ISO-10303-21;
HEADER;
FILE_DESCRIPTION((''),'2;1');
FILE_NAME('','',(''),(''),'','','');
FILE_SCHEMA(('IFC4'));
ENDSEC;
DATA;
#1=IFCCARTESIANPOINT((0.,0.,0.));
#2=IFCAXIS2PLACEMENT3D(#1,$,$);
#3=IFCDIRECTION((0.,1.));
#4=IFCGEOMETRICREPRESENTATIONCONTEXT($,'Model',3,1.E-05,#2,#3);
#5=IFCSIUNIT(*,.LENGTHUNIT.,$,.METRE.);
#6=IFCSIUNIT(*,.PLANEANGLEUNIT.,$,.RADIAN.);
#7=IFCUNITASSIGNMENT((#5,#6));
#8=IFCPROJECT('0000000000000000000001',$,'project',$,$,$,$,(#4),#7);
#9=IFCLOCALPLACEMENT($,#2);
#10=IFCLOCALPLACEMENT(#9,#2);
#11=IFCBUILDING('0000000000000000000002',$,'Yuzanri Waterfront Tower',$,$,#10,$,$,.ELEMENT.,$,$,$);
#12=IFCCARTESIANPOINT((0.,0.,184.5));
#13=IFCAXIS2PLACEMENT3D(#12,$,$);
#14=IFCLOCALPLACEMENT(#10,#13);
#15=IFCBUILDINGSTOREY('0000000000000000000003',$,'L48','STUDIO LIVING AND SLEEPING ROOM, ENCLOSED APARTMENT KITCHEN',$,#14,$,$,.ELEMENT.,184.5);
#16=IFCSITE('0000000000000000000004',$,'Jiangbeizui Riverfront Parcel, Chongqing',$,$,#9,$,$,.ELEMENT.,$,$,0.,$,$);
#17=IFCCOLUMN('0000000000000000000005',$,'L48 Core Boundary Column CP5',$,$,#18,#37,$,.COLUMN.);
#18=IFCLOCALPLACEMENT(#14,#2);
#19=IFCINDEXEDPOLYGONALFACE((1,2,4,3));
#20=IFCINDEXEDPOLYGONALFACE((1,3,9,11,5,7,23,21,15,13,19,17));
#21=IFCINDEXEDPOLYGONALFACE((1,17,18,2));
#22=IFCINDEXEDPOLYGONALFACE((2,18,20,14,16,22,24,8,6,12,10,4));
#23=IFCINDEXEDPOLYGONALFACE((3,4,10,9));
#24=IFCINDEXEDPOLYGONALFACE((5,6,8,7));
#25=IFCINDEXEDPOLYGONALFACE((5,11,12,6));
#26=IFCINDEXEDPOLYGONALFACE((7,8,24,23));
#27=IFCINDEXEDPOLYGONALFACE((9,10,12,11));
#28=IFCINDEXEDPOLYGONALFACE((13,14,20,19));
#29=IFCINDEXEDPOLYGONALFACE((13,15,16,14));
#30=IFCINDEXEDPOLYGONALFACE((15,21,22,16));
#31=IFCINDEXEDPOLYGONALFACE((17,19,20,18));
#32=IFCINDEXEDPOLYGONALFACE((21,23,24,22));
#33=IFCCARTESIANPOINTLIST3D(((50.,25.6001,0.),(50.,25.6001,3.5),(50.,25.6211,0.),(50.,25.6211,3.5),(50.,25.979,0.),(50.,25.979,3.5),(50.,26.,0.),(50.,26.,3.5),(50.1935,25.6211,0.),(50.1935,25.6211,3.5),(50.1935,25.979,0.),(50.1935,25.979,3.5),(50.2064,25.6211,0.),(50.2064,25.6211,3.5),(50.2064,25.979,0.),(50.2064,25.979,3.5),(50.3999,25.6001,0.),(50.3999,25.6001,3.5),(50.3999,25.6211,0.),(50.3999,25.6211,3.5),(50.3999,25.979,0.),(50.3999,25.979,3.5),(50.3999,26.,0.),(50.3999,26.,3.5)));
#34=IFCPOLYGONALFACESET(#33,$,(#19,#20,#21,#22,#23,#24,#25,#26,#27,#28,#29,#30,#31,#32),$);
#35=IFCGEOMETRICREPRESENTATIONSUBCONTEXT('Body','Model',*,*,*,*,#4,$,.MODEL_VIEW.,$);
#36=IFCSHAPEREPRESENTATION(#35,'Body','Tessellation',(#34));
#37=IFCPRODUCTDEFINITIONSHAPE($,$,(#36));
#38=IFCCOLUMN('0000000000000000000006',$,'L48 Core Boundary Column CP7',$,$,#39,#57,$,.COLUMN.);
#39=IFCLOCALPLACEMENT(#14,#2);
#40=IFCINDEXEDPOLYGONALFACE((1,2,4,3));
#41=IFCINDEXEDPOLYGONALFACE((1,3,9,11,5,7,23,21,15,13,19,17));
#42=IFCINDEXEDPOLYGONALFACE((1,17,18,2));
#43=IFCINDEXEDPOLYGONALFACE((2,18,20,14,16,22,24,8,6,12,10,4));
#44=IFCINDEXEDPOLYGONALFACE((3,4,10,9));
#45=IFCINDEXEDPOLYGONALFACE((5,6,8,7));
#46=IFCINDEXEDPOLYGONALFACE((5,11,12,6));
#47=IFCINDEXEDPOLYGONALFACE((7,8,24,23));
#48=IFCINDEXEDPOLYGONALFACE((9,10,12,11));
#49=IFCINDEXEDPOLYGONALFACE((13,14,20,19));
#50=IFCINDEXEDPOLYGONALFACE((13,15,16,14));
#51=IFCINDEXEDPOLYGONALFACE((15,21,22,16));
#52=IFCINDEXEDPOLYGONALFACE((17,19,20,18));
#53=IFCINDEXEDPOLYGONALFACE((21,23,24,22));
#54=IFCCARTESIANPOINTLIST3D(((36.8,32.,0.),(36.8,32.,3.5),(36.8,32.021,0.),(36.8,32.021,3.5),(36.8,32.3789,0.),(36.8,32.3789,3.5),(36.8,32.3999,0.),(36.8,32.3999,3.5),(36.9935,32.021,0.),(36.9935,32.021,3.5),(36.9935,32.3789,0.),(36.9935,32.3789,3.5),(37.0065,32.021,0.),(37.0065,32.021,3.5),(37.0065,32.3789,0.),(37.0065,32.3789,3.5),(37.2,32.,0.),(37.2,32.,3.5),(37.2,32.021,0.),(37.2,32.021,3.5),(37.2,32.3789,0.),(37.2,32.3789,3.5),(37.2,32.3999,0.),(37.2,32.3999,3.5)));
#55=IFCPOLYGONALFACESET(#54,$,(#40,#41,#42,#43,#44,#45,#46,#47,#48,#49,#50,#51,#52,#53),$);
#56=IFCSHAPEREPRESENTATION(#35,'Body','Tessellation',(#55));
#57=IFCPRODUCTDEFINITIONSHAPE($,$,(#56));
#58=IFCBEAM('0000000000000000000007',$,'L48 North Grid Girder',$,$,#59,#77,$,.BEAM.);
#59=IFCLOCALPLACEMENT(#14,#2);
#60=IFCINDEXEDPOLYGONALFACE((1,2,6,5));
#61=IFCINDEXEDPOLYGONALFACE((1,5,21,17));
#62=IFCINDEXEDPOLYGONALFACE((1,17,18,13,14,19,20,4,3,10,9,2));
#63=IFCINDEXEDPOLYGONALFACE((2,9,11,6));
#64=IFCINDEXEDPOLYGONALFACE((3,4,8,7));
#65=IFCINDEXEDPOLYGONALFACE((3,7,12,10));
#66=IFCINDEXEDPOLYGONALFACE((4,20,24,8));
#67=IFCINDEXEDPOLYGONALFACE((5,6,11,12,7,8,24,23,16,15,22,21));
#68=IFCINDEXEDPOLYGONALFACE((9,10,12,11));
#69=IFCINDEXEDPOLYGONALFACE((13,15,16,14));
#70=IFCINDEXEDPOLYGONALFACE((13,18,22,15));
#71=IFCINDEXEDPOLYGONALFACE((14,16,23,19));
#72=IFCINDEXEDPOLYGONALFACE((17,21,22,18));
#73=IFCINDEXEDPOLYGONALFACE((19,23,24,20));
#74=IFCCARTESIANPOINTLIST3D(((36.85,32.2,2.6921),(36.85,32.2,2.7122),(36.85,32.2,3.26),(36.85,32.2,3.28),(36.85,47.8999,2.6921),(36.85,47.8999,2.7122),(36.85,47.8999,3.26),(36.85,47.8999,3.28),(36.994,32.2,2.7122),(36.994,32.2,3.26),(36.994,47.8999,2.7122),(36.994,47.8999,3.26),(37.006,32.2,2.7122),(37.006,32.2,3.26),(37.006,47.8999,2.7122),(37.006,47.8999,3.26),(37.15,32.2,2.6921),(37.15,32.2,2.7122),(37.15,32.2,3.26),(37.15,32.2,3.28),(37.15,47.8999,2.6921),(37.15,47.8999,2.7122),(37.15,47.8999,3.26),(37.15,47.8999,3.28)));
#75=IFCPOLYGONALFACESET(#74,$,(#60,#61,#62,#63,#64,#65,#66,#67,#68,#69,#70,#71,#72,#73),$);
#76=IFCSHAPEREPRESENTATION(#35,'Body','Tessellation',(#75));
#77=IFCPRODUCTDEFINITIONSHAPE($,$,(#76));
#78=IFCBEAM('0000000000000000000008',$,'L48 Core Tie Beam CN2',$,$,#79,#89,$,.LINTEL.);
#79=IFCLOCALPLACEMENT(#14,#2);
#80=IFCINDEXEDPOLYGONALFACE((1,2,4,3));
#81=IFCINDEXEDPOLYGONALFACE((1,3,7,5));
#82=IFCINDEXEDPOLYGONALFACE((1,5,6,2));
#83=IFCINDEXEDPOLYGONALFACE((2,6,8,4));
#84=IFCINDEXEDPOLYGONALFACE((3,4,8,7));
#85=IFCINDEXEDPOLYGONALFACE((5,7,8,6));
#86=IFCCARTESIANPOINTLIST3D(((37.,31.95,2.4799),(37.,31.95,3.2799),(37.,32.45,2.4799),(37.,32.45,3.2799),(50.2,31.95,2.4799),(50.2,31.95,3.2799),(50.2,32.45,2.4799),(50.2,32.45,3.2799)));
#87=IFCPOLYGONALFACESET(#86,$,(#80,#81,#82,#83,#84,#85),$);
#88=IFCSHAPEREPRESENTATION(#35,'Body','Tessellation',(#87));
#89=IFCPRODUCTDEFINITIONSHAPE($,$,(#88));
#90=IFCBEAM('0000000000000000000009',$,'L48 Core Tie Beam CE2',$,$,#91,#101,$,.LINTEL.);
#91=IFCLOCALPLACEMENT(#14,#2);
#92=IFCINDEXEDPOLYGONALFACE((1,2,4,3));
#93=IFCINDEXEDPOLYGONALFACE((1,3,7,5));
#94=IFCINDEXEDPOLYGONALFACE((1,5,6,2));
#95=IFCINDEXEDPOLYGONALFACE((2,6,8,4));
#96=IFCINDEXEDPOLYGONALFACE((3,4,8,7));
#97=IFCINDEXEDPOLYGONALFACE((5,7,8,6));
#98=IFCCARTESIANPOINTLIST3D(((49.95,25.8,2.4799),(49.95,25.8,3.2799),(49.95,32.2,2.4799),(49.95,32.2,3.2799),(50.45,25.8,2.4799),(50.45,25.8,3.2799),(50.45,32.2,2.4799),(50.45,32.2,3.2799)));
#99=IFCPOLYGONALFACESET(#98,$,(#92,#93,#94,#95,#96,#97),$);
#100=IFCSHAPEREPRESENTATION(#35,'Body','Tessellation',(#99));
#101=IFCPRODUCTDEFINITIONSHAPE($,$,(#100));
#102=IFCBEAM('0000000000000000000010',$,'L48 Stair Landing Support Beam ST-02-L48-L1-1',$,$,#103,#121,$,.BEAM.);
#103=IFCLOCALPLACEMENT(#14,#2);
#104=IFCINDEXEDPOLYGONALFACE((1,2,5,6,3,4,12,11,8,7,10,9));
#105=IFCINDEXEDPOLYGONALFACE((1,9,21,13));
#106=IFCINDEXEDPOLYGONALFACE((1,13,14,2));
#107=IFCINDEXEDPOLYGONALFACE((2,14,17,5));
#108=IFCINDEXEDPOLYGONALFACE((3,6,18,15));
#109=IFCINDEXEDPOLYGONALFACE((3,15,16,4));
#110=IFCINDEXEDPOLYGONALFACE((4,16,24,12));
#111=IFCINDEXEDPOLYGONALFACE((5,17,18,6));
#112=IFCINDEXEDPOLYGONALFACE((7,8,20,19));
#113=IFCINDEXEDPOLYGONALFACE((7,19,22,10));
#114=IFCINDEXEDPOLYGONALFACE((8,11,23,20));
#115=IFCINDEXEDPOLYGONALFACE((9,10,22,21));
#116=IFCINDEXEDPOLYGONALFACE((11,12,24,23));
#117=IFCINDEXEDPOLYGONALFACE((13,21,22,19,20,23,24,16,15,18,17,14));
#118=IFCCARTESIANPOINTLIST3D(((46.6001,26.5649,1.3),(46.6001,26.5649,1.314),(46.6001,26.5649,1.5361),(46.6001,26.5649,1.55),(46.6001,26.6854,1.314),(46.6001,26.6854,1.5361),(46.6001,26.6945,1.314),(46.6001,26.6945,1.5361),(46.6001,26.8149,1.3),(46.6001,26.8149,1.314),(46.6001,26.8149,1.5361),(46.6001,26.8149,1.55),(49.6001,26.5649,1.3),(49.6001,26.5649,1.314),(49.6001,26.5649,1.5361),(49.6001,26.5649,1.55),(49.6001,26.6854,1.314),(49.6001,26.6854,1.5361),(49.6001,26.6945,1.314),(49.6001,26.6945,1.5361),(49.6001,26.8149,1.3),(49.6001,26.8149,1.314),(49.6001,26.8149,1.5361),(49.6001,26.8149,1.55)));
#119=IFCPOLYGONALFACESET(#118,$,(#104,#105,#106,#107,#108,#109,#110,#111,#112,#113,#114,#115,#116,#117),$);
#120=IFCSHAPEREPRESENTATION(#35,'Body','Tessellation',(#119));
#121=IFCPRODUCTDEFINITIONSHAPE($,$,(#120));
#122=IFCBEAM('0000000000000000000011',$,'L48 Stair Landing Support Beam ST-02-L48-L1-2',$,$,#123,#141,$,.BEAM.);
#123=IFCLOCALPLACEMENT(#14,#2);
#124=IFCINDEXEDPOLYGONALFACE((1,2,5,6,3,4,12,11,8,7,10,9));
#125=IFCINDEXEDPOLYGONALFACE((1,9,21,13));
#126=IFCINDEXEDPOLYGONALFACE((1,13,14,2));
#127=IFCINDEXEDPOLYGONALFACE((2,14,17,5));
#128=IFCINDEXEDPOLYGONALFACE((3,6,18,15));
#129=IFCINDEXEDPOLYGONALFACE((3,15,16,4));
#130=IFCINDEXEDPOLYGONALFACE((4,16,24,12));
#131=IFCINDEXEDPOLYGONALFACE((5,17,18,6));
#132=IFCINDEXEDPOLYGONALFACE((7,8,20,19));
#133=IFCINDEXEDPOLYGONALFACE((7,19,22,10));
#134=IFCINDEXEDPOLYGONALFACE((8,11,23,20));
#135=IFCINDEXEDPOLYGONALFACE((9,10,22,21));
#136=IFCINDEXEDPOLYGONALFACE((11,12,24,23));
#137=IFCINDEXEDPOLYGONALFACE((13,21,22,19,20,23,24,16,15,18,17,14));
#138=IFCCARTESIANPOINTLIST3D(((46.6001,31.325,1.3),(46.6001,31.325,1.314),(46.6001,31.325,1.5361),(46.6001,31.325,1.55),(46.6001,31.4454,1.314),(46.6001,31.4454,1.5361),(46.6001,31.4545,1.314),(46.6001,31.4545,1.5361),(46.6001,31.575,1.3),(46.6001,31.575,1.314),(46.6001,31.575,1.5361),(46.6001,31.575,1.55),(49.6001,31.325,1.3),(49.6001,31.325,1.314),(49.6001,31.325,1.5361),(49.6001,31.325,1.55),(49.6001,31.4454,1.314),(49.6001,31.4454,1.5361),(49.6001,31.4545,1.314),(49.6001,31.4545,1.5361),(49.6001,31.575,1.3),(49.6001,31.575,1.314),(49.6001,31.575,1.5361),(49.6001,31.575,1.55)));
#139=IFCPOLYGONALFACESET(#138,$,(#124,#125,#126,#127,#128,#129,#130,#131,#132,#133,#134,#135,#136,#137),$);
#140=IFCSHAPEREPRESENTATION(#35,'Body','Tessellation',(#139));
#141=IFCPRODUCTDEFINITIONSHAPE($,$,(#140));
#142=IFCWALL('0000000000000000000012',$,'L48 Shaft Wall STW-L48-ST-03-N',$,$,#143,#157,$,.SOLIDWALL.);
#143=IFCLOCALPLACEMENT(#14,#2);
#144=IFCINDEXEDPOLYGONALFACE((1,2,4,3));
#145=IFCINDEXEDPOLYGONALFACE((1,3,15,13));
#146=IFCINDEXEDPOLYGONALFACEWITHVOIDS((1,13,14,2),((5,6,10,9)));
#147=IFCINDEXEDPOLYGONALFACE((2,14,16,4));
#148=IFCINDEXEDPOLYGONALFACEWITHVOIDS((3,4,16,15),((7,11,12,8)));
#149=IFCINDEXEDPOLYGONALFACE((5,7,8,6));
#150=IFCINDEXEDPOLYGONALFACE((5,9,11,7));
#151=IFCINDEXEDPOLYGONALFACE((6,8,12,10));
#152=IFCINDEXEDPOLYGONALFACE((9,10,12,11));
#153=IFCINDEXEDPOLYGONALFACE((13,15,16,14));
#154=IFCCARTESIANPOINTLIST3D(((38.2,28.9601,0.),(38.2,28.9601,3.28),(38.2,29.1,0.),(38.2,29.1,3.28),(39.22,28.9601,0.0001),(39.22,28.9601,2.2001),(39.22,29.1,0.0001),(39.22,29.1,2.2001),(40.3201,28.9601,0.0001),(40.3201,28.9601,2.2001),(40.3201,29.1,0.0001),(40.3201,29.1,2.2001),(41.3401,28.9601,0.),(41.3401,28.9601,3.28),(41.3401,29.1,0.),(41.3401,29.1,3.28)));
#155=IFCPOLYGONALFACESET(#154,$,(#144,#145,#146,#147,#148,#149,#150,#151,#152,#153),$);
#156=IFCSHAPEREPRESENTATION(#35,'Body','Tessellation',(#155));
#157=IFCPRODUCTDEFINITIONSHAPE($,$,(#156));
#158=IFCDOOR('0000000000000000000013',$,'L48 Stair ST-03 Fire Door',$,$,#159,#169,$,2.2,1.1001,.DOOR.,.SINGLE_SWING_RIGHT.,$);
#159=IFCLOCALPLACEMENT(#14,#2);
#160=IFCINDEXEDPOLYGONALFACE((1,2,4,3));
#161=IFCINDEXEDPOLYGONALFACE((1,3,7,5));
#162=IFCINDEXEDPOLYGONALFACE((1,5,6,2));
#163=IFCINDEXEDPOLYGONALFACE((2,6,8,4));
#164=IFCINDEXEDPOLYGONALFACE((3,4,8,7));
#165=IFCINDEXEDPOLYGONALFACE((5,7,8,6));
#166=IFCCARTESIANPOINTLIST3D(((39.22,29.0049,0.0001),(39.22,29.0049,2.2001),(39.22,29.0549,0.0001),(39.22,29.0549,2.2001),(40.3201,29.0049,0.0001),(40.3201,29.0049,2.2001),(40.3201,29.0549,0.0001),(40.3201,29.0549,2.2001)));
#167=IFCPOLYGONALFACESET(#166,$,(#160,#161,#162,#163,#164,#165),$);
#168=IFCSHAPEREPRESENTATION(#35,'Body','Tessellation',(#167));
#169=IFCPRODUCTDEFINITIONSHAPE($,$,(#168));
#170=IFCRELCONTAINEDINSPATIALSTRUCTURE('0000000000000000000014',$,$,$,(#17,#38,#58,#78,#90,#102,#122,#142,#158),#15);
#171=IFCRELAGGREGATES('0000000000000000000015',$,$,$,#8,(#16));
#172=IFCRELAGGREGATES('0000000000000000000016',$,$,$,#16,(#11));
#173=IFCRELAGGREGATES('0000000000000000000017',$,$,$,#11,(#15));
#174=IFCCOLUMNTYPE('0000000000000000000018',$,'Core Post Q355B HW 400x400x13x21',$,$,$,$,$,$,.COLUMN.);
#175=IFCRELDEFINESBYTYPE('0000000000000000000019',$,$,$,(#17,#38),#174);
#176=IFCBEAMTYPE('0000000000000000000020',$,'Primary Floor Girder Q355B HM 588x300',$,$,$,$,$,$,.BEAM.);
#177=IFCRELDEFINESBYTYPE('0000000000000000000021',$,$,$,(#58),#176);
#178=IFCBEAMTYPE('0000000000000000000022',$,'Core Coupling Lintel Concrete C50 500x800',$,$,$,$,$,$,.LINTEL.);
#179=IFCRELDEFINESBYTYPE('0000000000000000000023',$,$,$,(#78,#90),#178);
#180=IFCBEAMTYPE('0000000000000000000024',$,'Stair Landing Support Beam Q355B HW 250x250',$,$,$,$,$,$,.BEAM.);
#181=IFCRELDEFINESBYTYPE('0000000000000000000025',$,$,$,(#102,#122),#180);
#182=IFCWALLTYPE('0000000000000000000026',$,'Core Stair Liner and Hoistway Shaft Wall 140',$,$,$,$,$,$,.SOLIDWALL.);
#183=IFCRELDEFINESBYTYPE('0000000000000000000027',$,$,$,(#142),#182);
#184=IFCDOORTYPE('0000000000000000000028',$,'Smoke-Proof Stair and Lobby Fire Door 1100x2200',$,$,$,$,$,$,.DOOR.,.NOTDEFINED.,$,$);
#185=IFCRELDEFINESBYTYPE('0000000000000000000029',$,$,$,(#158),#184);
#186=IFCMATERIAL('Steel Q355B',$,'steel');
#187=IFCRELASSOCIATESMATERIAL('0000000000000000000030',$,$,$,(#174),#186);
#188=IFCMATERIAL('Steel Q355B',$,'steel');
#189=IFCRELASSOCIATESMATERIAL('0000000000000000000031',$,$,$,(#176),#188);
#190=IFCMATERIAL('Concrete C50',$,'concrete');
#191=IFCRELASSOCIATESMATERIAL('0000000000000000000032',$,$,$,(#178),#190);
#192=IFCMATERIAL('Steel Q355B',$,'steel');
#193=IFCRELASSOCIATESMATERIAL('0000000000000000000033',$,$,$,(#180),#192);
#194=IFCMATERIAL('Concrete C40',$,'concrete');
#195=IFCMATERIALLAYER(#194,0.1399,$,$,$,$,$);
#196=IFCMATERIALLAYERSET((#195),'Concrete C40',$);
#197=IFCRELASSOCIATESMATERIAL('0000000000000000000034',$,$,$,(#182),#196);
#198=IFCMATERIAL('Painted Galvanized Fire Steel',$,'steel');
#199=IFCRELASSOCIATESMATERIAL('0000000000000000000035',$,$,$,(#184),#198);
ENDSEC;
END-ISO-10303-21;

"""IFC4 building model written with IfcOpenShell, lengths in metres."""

from ifc_helpers import new_model, si_unit, direction, frame, frame_2d, origin, origin_2d, place, context, subcontext, project, spatial, rectangle, i_section, extrude, source, transform, mapped, material, layer, layer_set, material_profile, profile_set, type_object, element, fill, save


model = new_model("IFC4")

# Units and contexts
model_context = context("Model", 3, precision=1e-05, world=origin(), true_north=direction((0.0, 1.0)))
body_context = subcontext(model_context, "Body", "Model", "MODEL_VIEW")
ifc_project = project(units=[si_unit("LENGTHUNIT", "METRE"), si_unit("PLANEANGLEUNIT", "RADIAN")], contexts=[model_context])

# Site, building, storey
site_placement = place(None, origin())
site = spatial("IfcSite", under=ifc_project, at=site_placement, Name="Jiangbeizui Riverfront Parcel, Chongqing", CompositionType="ELEMENT", RefElevation=0.0)
building_placement = place(site_placement, origin())
building = spatial("IfcBuilding", under=site, at=building_placement, Name="Yuzanri Waterfront Tower", CompositionType="ELEMENT")
storey_placement = place(building_placement, frame((0.0, 0.0, 184.5)))
storey = spatial("IfcBuildingStorey", under=building, at=storey_placement, Name="L48", Description="STUDIO LIVING AND SLEEPING ROOM, ENCLOSED APARTMENT KITCHEN", CompositionType="ELEMENT", Elevation=184.5)

# Columns
ifc_material_1 = material(Name="Steel Q355B", Category="steel")
ifc_material_profile_1 = material_profile(ifc_material_1, i_section(OverallWidth=0.3999, OverallDepth=0.3999, WebThickness=0.0129, FlangeThickness=0.021, at=origin_2d()), Name="HW 400x400x13x21")
ifc_profile_set_1 = profile_set([ifc_material_profile_1], Name="Steel Q355B")
column_type = type_object("IfcColumnType", Name="Core Post Q355B HW 400x400x13x21", PredefinedType="COLUMN", material=ifc_profile_set_1)
shared_shape_1 = source(origin(), body_context, "Body", "SweptSolid", [
    extrude(i_section(OverallWidth=0.3999, OverallDepth=0.3999, WebThickness=0.0129, FlangeThickness=0.021, at=origin_2d()), origin(), (0.0, 0.0, 1.0), 3.5),
])
for number, where, z_axis, x_axis, name in (
    (1, (50.2, 25.8, 0.0), (0.0, 0.0, 1.0), (1.0, 0.0, 0.0), "L48 Core Boundary Column CP5"),
    (2, (37.0, 32.2, 0.0), (0.0, 0.0, 1.0), (1.0, 0.0, 0.0), "L48 Core Boundary Column CP7"),
):
    element("IfcColumn", number, at=place(storey_placement, frame(where, z_axis=z_axis, x_axis=x_axis)), inside=storey, type_object=column_type, Name=name, PredefinedType="COLUMN", context=body_context, shape_type="MappedRepresentation", body=[
        mapped(shared_shape_1, transform((0.0, 0.0, 0.0), scale=1.0)),
    ])

# Beams
ifc_material_2 = material(Name="Steel Q355B", Category="steel")
ifc_material_profile_2 = material_profile(ifc_material_2, i_section(OverallWidth=0.3, OverallDepth=0.5879, WebThickness=0.012, FlangeThickness=0.02, at=origin_2d()), Name="HM 588x300x12x20")
ifc_profile_set_2 = profile_set([ifc_material_profile_2], Name="Steel Q355B")
beam_type_1 = type_object("IfcBeamType", Name="Primary Floor Girder Q355B HM 588x300", PredefinedType="BEAM", material=ifc_profile_set_2)
shared_shape_2 = source(origin(), body_context, "Body", "SweptSolid", [
    extrude(i_section(OverallWidth=0.3, OverallDepth=0.5879, WebThickness=0.012, FlangeThickness=0.02, at=origin_2d()), origin(), (0.0, 0.0, 1.0), 15.7),
])
beam_1_placement = place(storey_placement, frame((37.0, 32.2, 2.9861), z_axis=(0.0, 1.0, 0.0), x_axis=(-1.0, 0.0, 0.0)))
element("IfcBeam", 3, at=beam_1_placement, inside=storey, type_object=beam_type_1, Name="L48 North Grid Girder", PredefinedType="BEAM", context=body_context, shape_type="MappedRepresentation", body=[
    mapped(shared_shape_2, transform((0.0, 0.0, 0.0), scale=1.0)),
])
ifc_material_3 = material(Name="Concrete C50", Category="concrete")
ifc_material_profile_3 = material_profile(ifc_material_3, rectangle(XDim=0.5, YDim=0.8, at=origin_2d()), Name="RC 500x800")
ifc_profile_set_3 = profile_set([ifc_material_profile_3], Name="Concrete C50")
beam_type_2 = type_object("IfcBeamType", Name="Core Coupling Lintel Concrete C50 500x800", PredefinedType="LINTEL", material=ifc_profile_set_3)
shared_shape_3 = source(origin(), body_context, "Body", "SweptSolid", [
    extrude(rectangle(XDim=0.5, YDim=0.8, at=origin_2d()), origin(), (0.0, 0.0, 1.0), 13.2),
])
beam_2_placement = place(storey_placement, frame((37.0, 32.2, 2.8799), z_axis=(1.0, 0.0, 0.0), x_axis=(0.0, 1.0, 0.0)))
element("IfcBeam", 4, at=beam_2_placement, inside=storey, type_object=beam_type_2, Name="L48 Core Tie Beam CN2", PredefinedType="LINTEL", context=body_context, shape_type="MappedRepresentation", body=[
    mapped(shared_shape_3, transform((0.0, 0.0, 0.0), scale=1.0)),
])
shared_shape_4 = source(origin(), body_context, "Body", "SweptSolid", [
    extrude(rectangle(XDim=0.5, YDim=0.8, at=origin_2d()), origin(), (0.0, 0.0, 1.0), 6.3999),
])
beam_3_placement = place(storey_placement, frame((50.2, 25.8, 2.8799), z_axis=(0.0, 1.0, 0.0), x_axis=(-1.0, 0.0, 0.0)))
element("IfcBeam", 5, at=beam_3_placement, inside=storey, type_object=beam_type_2, Name="L48 Core Tie Beam CE2", PredefinedType="LINTEL", context=body_context, shape_type="MappedRepresentation", body=[
    mapped(shared_shape_4, transform((0.0, 0.0, 0.0), scale=1.0)),
])
ifc_material_4 = material(Name="Steel Q355B", Category="steel")
ifc_material_profile_4 = material_profile(ifc_material_4, i_section(OverallWidth=0.25, OverallDepth=0.25, WebThickness=0.009, FlangeThickness=0.0139, at=origin_2d()), Name="HW 250x250x9x14")
ifc_profile_set_4 = profile_set([ifc_material_profile_4], Name="Steel Q355B")
beam_type_3 = type_object("IfcBeamType", Name="Stair Landing Support Beam Q355B HW 250x250", PredefinedType="BEAM", material=ifc_profile_set_4)
shared_shape_5 = source(origin(), body_context, "Body", "SweptSolid", [
    extrude(i_section(OverallWidth=0.25, OverallDepth=0.25, WebThickness=0.009, FlangeThickness=0.0139, at=origin_2d()), origin(), (0.0, 0.0, 1.0), 3.0),
])
for number, where, z_axis, x_axis, name in (
    (6, (46.6001, 26.6899, 1.425), (1.0, 0.0, 0.0), (0.0, 1.0, 0.0), "L48 Stair Landing Support Beam ST-02-L48-L1-1"),
    (7, (46.6001, 31.45, 1.425), (1.0, 0.0, 0.0), (0.0, 1.0, 0.0), "L48 Stair Landing Support Beam ST-02-L48-L1-2"),
):
    element("IfcBeam", number, at=place(storey_placement, frame(where, z_axis=z_axis, x_axis=x_axis)), inside=storey, type_object=beam_type_3, Name=name, PredefinedType="BEAM", context=body_context, shape_type="MappedRepresentation", body=[
        mapped(shared_shape_5, transform((0.0, 0.0, 0.0), scale=1.0)),
    ])

# Wall, opening, door
ifc_material_5 = material(Name="Concrete C40", Category="concrete")
ifc_layer_1 = layer(ifc_material_5, 0.1399)
ifc_layer_set_1 = layer_set([ifc_layer_1], Name="Concrete C40")
wall_type_1 = type_object("IfcWallType", Name="Core Stair Liner and Hoistway Shaft Wall 140", PredefinedType="SOLIDWALL", material=ifc_layer_set_1)
wall_1_placement = place(storey_placement, frame((38.2, 29.03, 0.0), z_axis=(0.0, 0.0, 1.0), x_axis=(1.0, 0.0, 0.0)))
wall_1 = element("IfcWall", 8, at=wall_1_placement, inside=storey, type_object=wall_type_1, Name="L48 Shaft Wall STW-L48-ST-03-N", PredefinedType="SOLIDWALL", context=body_context, shape_type="SweptSolid", body=[
    extrude(rectangle(XDim=3.1401, YDim=0.1399, at=frame_2d((1.5701, 0.0))), origin(), (0.0, 0.0, 1.0), 3.28),
])
opening_1_placement = place(wall_1_placement, frame((1.02, 0.0, 0.0)))
opening_1 = element("IfcOpeningElement", 9, at=opening_1_placement, cuts=wall_1, PredefinedType="OPENING", context=body_context, shape_type="SweptSolid", body=[
    extrude(rectangle(XDim=1.1001, YDim=2.2, at=frame_2d((0.55, 1.1001))), frame((0.0, 0.085, 0.0), z_axis=(0.0, -1.0, 0.0), x_axis=(1.0, 0.0, 0.0)), (0.0, 0.0, 1.0), 0.1697),
])
ifc_material_6 = material(Name="Painted Galvanized Fire Steel", Category="steel")
door_type_1 = type_object("IfcDoorType", Name="Smoke-Proof Stair and Lobby Fire Door 1100x2200", OperationType="NOTDEFINED", PredefinedType="DOOR", material=ifc_material_6)
shared_shape_6 = source(origin(), body_context, "Body", "SweptSolid", [
    extrude(rectangle(XDim=1.1001, YDim=2.2, at=frame_2d((0.55, 1.1001))), frame((0.0, 0.0249, 0.0), z_axis=(0.0, -1.0, 0.0), x_axis=(1.0, 0.0, 0.0)), (0.0, 0.0, 1.0), 0.05),
])
door_1_placement = place(opening_1_placement, origin())
door_1 = element("IfcDoor", 10, at=door_1_placement, inside=storey, type_object=door_type_1, Name="L48 Stair ST-03 Fire Door", OperationType="SINGLE_SWING_RIGHT", OverallHeight=2.2, OverallWidth=1.1001, PredefinedType="DOOR", context=body_context, shape_type="MappedRepresentation", body=[
    mapped(shared_shape_6, transform((0.0, 0.0, 0.0), scale=1.0)),
])
fill(opening_1, door_1)

save(model, "model.ifc")
